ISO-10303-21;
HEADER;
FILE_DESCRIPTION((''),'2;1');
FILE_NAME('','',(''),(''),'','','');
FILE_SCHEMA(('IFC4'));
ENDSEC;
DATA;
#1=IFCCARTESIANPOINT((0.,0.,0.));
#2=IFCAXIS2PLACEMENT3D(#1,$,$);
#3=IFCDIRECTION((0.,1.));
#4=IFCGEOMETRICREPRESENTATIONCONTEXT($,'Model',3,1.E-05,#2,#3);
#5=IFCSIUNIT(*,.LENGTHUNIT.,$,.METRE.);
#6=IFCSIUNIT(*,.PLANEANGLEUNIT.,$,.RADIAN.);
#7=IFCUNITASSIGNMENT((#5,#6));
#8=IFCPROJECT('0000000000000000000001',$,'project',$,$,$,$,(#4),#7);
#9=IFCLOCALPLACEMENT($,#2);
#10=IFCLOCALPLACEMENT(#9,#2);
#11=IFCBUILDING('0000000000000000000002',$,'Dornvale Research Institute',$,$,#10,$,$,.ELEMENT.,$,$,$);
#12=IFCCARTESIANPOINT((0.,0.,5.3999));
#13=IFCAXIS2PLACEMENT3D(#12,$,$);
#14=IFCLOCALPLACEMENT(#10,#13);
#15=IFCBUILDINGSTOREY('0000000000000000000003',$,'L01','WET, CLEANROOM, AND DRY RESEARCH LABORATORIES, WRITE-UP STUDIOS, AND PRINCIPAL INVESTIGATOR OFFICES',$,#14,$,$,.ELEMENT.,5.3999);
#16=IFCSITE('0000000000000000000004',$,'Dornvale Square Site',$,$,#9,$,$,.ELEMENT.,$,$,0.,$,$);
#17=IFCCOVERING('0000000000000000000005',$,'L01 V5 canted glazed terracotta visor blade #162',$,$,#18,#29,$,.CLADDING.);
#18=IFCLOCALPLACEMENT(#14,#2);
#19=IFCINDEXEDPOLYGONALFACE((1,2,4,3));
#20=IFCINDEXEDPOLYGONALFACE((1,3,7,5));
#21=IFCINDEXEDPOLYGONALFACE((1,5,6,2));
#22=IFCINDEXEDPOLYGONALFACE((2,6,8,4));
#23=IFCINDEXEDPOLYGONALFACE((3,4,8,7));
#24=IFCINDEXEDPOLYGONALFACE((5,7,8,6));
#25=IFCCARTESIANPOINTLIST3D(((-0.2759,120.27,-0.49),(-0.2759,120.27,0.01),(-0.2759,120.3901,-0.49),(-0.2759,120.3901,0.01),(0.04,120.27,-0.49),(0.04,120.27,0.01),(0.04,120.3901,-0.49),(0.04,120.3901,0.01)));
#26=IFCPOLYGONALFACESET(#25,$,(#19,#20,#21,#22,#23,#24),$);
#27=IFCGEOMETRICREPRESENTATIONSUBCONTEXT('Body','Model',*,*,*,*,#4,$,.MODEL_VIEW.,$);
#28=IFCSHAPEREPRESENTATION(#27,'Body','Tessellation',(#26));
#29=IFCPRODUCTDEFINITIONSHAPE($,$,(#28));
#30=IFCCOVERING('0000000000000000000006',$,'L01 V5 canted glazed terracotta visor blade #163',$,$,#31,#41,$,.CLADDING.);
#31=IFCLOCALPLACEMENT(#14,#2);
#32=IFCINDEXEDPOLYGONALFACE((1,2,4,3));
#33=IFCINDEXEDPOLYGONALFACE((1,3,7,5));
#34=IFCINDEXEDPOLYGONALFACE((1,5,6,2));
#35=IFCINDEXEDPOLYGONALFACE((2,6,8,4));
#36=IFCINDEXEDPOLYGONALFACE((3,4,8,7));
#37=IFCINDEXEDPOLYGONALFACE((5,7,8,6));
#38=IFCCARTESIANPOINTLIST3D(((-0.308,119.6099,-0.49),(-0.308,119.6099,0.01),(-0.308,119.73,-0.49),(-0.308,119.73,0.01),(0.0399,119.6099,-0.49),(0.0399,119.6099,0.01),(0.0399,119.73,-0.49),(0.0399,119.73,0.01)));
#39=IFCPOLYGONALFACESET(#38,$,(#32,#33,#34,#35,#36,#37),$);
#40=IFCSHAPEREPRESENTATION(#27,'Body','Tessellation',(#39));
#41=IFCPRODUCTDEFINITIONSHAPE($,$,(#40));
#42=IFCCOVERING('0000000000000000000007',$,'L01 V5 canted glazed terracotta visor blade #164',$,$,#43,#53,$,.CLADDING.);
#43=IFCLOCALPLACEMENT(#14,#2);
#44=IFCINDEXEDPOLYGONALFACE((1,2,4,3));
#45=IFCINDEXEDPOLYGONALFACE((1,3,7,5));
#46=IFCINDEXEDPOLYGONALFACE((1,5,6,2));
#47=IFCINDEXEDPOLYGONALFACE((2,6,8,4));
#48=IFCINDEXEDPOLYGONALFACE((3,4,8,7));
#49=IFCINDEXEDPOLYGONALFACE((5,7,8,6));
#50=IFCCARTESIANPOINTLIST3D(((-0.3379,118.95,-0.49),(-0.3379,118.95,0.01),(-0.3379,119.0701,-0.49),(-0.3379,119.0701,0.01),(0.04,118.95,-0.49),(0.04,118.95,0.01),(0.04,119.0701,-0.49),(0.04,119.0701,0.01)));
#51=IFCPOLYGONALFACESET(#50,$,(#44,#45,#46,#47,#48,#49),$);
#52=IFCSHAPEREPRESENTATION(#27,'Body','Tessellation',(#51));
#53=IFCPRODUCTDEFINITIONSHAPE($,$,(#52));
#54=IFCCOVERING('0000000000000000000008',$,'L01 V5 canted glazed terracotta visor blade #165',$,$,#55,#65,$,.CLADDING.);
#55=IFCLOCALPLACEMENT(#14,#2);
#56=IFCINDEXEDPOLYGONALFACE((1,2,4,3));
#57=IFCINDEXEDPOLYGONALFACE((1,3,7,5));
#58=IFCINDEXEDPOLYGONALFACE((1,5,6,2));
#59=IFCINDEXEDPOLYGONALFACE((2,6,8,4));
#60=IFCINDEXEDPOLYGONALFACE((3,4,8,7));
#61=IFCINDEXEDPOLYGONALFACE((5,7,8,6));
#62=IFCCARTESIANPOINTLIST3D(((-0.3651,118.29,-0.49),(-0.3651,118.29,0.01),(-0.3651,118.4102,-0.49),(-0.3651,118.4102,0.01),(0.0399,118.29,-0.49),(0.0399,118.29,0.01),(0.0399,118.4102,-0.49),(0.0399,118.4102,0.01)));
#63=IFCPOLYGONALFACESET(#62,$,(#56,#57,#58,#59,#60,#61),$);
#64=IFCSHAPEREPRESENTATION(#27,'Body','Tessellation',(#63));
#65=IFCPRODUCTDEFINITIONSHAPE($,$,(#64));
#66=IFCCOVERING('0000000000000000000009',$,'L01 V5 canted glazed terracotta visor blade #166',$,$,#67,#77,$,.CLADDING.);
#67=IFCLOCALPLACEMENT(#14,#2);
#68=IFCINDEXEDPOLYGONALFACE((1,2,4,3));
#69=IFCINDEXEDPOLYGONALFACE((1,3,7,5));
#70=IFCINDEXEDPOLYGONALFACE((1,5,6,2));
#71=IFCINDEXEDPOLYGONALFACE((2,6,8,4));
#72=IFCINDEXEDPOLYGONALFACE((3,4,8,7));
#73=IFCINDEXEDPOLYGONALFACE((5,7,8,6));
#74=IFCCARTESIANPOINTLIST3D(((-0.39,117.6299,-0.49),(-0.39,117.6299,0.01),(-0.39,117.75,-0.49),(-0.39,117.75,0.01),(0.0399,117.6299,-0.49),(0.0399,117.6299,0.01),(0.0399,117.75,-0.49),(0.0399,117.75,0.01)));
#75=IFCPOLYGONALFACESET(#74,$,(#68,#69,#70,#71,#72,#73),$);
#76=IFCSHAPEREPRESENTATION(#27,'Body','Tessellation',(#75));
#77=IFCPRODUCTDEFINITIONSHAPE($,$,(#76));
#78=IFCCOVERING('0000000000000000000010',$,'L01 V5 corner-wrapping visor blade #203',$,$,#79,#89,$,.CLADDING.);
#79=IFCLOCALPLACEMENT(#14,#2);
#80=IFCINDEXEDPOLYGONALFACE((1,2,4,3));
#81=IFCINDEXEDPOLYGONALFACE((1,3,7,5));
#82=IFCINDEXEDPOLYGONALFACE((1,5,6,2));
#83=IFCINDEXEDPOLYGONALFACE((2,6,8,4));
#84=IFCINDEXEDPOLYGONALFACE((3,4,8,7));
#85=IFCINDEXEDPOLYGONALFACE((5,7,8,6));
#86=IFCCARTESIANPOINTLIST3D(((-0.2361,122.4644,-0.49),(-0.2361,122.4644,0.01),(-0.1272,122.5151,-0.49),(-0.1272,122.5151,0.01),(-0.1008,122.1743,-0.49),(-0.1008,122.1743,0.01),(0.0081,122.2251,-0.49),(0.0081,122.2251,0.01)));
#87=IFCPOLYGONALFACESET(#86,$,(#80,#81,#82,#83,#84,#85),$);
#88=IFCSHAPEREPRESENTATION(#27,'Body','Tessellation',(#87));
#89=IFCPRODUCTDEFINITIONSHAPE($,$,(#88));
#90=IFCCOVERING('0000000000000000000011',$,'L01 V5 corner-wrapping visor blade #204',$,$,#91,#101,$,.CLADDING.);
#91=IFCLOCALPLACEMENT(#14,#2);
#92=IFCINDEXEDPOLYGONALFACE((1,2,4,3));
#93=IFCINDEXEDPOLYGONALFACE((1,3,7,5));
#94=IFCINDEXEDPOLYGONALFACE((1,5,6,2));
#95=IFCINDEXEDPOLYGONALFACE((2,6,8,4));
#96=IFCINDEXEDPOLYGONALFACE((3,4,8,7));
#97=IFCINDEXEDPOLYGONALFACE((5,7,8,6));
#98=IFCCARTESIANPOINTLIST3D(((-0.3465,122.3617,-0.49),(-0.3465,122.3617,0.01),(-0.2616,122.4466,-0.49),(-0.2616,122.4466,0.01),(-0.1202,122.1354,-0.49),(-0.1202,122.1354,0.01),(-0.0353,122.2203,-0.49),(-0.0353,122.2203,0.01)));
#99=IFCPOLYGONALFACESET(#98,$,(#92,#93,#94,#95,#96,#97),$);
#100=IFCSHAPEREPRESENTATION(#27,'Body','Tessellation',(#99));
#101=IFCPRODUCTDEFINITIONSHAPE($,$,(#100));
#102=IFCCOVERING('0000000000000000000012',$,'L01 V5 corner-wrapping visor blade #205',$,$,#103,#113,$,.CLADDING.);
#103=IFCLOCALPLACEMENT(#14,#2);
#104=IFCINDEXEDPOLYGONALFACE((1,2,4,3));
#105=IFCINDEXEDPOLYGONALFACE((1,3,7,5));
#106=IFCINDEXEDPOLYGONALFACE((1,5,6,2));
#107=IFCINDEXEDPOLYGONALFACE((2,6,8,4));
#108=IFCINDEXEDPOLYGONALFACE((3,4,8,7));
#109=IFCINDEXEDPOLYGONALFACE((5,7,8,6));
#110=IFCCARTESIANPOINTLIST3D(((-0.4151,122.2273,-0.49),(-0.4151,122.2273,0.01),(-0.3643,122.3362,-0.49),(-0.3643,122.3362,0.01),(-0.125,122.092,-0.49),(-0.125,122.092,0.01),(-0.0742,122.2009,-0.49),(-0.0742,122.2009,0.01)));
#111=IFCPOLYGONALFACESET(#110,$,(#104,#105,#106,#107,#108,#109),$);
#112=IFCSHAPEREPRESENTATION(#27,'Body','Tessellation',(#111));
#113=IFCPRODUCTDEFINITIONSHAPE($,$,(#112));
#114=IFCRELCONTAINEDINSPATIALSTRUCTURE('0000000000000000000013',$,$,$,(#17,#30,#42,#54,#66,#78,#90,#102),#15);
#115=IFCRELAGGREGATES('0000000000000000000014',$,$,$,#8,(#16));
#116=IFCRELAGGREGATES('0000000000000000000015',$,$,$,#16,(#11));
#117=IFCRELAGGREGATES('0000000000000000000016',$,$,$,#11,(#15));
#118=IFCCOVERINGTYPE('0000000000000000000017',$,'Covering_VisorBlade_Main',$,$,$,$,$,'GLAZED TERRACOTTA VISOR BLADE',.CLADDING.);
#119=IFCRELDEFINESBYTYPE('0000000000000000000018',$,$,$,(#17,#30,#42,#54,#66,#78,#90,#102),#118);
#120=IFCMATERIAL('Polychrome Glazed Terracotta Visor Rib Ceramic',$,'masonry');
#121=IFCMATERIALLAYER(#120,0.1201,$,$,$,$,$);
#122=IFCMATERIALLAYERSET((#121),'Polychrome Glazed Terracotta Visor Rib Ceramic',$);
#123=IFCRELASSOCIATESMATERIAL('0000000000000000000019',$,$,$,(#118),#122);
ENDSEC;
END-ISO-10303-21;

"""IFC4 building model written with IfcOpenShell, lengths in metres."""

from ifc_helpers import new_model, si_unit, direction, frame, origin, origin_2d, place, context, subcontext, project, spatial, rectangle, extrude, material, layer, layer_set, type_object, element, save


model = new_model("IFC4")

# Units and contexts
model_context = context("Model", 3, precision=1e-05, world=origin(), true_north=direction((0.0, 1.0)))
body_context = subcontext(model_context, "Body", "Model", "MODEL_VIEW")
ifc_project = project(units=[si_unit("LENGTHUNIT", "METRE"), si_unit("PLANEANGLEUNIT", "RADIAN")], contexts=[model_context])

# Site, building, storey
site_placement = place(None, origin())
site = spatial("IfcSite", under=ifc_project, at=site_placement, Name="Dornvale Square Site", CompositionType="ELEMENT", RefElevation=0.0)
building_placement = place(site_placement, origin())
building = spatial("IfcBuilding", under=site, at=building_placement, Name="Dornvale Research Institute", CompositionType="ELEMENT")
storey_placement = place(building_placement, frame((0.0, 0.0, 5.3999)))
storey = spatial("IfcBuildingStorey", under=building, at=storey_placement, Name="L01", Description="WET, CLEANROOM, AND DRY RESEARCH LABORATORIES, WRITE-UP STUDIOS, AND PRINCIPAL INVESTIGATOR OFFICES", CompositionType="ELEMENT", Elevation=5.3999)

# Coverings
ifc_material_1 = material(Name="Polychrome Glazed Terracotta Visor Rib Ceramic", Category="masonry")
ifc_layer_1 = layer(ifc_material_1, 0.1201)
ifc_layer_set_1 = layer_set([ifc_layer_1], Name="Polychrome Glazed Terracotta Visor Rib Ceramic")
covering_type = type_object("IfcCoveringType", Name="Covering_VisorBlade_Main", ElementType="GLAZED TERRACOTTA VISOR BLADE", PredefinedType="CLADDING", material=ifc_layer_set_1)
covering_1_placement = place(storey_placement, frame((-0.1179, 120.3301, -0.49), z_axis=(0.0, 0.0, 1.0), x_axis=(1.0, 0.0, 0.0)))
element("IfcCovering", 1, at=covering_1_placement, inside=storey, type_object=covering_type, Name="L01 V5 canted glazed terracotta visor blade #162", PredefinedType="CLADDING", context=body_context, shape_type="SweptSolid", body=[
    extrude(rectangle(XDim=0.3159, YDim=0.1201, at=origin_2d()), origin(), (0.0, 0.0, 1.0), 0.5),
])
covering_2_placement = place(storey_placement, frame((-0.134, 119.6699, -0.49), z_axis=(0.0, 0.0, 1.0), x_axis=(1.0, 0.0, 0.0)))
element("IfcCovering", 2, at=covering_2_placement, inside=storey, type_object=covering_type, Name="L01 V5 canted glazed terracotta visor blade #163", PredefinedType="CLADDING", context=body_context, shape_type="SweptSolid", body=[
    extrude(rectangle(XDim=0.3479, YDim=0.1201, at=origin_2d()), origin(), (0.0, 0.0, 1.0), 0.5),
])
covering_3_placement = place(storey_placement, frame((-0.1489, 119.01, -0.49), z_axis=(0.0, 0.0, 1.0), x_axis=(1.0, 0.0, 0.0)))
element("IfcCovering", 3, at=covering_3_placement, inside=storey, type_object=covering_type, Name="L01 V5 canted glazed terracotta visor blade #164", PredefinedType="CLADDING", context=body_context, shape_type="SweptSolid", body=[
    extrude(rectangle(XDim=0.3779, YDim=0.1201, at=origin_2d()), origin(), (0.0, 0.0, 1.0), 0.5),
])
covering_4_placement = place(storey_placement, frame((-0.1626, 118.3501, -0.49), z_axis=(0.0, 0.0, 1.0), x_axis=(1.0, 0.0, 0.0)))
element("IfcCovering", 4, at=covering_4_placement, inside=storey, type_object=covering_type, Name="L01 V5 canted glazed terracotta visor blade #165", PredefinedType="CLADDING", context=body_context, shape_type="SweptSolid", body=[
    extrude(rectangle(XDim=0.405, YDim=0.1201, at=origin_2d()), origin(), (0.0, 0.0, 1.0), 0.5),
])
covering_5_placement = place(storey_placement, frame((-0.175, 117.6899, -0.49), z_axis=(0.0, 0.0, 1.0), x_axis=(1.0, 0.0, 0.0)))
element("IfcCovering", 5, at=covering_5_placement, inside=storey, type_object=covering_type, Name="L01 V5 canted glazed terracotta visor blade #166", PredefinedType="CLADDING", context=body_context, shape_type="SweptSolid", body=[
    extrude(rectangle(XDim=0.4299, YDim=0.1201, at=origin_2d()), origin(), (0.0, 0.0, 1.0), 0.5),
])
for number, where, z_axis, x_axis, name in (
    (6, (-0.114, 122.3447, -0.49), (0.0, 0.0, 1.0), (-0.422618, 0.906308, 0.0), "L01 V5 corner-wrapping visor blade #203"),
    (7, (-0.1909, 122.291, -0.49), (0.0, 0.0, 1.0), (-0.707107, 0.707107, 0.0), "L01 V5 corner-wrapping visor blade #204"),
    (8, (-0.2446, 122.2141, -0.49), (0.0, 0.0, 1.0), (-0.906308, 0.422618, 0.0), "L01 V5 corner-wrapping visor blade #205"),
):
    element("IfcCovering", number, at=place(storey_placement, frame(where, z_axis=z_axis, x_axis=x_axis)), inside=storey, type_object=covering_type, Name=name, PredefinedType="CLADDING", context=body_context, shape_type="SweptSolid", body=[
        extrude(rectangle(XDim=0.3201, YDim=0.1201, at=origin_2d()), origin(), (0.0, 0.0, 1.0), 0.5),
    ])

save(model, "model.ifc")
